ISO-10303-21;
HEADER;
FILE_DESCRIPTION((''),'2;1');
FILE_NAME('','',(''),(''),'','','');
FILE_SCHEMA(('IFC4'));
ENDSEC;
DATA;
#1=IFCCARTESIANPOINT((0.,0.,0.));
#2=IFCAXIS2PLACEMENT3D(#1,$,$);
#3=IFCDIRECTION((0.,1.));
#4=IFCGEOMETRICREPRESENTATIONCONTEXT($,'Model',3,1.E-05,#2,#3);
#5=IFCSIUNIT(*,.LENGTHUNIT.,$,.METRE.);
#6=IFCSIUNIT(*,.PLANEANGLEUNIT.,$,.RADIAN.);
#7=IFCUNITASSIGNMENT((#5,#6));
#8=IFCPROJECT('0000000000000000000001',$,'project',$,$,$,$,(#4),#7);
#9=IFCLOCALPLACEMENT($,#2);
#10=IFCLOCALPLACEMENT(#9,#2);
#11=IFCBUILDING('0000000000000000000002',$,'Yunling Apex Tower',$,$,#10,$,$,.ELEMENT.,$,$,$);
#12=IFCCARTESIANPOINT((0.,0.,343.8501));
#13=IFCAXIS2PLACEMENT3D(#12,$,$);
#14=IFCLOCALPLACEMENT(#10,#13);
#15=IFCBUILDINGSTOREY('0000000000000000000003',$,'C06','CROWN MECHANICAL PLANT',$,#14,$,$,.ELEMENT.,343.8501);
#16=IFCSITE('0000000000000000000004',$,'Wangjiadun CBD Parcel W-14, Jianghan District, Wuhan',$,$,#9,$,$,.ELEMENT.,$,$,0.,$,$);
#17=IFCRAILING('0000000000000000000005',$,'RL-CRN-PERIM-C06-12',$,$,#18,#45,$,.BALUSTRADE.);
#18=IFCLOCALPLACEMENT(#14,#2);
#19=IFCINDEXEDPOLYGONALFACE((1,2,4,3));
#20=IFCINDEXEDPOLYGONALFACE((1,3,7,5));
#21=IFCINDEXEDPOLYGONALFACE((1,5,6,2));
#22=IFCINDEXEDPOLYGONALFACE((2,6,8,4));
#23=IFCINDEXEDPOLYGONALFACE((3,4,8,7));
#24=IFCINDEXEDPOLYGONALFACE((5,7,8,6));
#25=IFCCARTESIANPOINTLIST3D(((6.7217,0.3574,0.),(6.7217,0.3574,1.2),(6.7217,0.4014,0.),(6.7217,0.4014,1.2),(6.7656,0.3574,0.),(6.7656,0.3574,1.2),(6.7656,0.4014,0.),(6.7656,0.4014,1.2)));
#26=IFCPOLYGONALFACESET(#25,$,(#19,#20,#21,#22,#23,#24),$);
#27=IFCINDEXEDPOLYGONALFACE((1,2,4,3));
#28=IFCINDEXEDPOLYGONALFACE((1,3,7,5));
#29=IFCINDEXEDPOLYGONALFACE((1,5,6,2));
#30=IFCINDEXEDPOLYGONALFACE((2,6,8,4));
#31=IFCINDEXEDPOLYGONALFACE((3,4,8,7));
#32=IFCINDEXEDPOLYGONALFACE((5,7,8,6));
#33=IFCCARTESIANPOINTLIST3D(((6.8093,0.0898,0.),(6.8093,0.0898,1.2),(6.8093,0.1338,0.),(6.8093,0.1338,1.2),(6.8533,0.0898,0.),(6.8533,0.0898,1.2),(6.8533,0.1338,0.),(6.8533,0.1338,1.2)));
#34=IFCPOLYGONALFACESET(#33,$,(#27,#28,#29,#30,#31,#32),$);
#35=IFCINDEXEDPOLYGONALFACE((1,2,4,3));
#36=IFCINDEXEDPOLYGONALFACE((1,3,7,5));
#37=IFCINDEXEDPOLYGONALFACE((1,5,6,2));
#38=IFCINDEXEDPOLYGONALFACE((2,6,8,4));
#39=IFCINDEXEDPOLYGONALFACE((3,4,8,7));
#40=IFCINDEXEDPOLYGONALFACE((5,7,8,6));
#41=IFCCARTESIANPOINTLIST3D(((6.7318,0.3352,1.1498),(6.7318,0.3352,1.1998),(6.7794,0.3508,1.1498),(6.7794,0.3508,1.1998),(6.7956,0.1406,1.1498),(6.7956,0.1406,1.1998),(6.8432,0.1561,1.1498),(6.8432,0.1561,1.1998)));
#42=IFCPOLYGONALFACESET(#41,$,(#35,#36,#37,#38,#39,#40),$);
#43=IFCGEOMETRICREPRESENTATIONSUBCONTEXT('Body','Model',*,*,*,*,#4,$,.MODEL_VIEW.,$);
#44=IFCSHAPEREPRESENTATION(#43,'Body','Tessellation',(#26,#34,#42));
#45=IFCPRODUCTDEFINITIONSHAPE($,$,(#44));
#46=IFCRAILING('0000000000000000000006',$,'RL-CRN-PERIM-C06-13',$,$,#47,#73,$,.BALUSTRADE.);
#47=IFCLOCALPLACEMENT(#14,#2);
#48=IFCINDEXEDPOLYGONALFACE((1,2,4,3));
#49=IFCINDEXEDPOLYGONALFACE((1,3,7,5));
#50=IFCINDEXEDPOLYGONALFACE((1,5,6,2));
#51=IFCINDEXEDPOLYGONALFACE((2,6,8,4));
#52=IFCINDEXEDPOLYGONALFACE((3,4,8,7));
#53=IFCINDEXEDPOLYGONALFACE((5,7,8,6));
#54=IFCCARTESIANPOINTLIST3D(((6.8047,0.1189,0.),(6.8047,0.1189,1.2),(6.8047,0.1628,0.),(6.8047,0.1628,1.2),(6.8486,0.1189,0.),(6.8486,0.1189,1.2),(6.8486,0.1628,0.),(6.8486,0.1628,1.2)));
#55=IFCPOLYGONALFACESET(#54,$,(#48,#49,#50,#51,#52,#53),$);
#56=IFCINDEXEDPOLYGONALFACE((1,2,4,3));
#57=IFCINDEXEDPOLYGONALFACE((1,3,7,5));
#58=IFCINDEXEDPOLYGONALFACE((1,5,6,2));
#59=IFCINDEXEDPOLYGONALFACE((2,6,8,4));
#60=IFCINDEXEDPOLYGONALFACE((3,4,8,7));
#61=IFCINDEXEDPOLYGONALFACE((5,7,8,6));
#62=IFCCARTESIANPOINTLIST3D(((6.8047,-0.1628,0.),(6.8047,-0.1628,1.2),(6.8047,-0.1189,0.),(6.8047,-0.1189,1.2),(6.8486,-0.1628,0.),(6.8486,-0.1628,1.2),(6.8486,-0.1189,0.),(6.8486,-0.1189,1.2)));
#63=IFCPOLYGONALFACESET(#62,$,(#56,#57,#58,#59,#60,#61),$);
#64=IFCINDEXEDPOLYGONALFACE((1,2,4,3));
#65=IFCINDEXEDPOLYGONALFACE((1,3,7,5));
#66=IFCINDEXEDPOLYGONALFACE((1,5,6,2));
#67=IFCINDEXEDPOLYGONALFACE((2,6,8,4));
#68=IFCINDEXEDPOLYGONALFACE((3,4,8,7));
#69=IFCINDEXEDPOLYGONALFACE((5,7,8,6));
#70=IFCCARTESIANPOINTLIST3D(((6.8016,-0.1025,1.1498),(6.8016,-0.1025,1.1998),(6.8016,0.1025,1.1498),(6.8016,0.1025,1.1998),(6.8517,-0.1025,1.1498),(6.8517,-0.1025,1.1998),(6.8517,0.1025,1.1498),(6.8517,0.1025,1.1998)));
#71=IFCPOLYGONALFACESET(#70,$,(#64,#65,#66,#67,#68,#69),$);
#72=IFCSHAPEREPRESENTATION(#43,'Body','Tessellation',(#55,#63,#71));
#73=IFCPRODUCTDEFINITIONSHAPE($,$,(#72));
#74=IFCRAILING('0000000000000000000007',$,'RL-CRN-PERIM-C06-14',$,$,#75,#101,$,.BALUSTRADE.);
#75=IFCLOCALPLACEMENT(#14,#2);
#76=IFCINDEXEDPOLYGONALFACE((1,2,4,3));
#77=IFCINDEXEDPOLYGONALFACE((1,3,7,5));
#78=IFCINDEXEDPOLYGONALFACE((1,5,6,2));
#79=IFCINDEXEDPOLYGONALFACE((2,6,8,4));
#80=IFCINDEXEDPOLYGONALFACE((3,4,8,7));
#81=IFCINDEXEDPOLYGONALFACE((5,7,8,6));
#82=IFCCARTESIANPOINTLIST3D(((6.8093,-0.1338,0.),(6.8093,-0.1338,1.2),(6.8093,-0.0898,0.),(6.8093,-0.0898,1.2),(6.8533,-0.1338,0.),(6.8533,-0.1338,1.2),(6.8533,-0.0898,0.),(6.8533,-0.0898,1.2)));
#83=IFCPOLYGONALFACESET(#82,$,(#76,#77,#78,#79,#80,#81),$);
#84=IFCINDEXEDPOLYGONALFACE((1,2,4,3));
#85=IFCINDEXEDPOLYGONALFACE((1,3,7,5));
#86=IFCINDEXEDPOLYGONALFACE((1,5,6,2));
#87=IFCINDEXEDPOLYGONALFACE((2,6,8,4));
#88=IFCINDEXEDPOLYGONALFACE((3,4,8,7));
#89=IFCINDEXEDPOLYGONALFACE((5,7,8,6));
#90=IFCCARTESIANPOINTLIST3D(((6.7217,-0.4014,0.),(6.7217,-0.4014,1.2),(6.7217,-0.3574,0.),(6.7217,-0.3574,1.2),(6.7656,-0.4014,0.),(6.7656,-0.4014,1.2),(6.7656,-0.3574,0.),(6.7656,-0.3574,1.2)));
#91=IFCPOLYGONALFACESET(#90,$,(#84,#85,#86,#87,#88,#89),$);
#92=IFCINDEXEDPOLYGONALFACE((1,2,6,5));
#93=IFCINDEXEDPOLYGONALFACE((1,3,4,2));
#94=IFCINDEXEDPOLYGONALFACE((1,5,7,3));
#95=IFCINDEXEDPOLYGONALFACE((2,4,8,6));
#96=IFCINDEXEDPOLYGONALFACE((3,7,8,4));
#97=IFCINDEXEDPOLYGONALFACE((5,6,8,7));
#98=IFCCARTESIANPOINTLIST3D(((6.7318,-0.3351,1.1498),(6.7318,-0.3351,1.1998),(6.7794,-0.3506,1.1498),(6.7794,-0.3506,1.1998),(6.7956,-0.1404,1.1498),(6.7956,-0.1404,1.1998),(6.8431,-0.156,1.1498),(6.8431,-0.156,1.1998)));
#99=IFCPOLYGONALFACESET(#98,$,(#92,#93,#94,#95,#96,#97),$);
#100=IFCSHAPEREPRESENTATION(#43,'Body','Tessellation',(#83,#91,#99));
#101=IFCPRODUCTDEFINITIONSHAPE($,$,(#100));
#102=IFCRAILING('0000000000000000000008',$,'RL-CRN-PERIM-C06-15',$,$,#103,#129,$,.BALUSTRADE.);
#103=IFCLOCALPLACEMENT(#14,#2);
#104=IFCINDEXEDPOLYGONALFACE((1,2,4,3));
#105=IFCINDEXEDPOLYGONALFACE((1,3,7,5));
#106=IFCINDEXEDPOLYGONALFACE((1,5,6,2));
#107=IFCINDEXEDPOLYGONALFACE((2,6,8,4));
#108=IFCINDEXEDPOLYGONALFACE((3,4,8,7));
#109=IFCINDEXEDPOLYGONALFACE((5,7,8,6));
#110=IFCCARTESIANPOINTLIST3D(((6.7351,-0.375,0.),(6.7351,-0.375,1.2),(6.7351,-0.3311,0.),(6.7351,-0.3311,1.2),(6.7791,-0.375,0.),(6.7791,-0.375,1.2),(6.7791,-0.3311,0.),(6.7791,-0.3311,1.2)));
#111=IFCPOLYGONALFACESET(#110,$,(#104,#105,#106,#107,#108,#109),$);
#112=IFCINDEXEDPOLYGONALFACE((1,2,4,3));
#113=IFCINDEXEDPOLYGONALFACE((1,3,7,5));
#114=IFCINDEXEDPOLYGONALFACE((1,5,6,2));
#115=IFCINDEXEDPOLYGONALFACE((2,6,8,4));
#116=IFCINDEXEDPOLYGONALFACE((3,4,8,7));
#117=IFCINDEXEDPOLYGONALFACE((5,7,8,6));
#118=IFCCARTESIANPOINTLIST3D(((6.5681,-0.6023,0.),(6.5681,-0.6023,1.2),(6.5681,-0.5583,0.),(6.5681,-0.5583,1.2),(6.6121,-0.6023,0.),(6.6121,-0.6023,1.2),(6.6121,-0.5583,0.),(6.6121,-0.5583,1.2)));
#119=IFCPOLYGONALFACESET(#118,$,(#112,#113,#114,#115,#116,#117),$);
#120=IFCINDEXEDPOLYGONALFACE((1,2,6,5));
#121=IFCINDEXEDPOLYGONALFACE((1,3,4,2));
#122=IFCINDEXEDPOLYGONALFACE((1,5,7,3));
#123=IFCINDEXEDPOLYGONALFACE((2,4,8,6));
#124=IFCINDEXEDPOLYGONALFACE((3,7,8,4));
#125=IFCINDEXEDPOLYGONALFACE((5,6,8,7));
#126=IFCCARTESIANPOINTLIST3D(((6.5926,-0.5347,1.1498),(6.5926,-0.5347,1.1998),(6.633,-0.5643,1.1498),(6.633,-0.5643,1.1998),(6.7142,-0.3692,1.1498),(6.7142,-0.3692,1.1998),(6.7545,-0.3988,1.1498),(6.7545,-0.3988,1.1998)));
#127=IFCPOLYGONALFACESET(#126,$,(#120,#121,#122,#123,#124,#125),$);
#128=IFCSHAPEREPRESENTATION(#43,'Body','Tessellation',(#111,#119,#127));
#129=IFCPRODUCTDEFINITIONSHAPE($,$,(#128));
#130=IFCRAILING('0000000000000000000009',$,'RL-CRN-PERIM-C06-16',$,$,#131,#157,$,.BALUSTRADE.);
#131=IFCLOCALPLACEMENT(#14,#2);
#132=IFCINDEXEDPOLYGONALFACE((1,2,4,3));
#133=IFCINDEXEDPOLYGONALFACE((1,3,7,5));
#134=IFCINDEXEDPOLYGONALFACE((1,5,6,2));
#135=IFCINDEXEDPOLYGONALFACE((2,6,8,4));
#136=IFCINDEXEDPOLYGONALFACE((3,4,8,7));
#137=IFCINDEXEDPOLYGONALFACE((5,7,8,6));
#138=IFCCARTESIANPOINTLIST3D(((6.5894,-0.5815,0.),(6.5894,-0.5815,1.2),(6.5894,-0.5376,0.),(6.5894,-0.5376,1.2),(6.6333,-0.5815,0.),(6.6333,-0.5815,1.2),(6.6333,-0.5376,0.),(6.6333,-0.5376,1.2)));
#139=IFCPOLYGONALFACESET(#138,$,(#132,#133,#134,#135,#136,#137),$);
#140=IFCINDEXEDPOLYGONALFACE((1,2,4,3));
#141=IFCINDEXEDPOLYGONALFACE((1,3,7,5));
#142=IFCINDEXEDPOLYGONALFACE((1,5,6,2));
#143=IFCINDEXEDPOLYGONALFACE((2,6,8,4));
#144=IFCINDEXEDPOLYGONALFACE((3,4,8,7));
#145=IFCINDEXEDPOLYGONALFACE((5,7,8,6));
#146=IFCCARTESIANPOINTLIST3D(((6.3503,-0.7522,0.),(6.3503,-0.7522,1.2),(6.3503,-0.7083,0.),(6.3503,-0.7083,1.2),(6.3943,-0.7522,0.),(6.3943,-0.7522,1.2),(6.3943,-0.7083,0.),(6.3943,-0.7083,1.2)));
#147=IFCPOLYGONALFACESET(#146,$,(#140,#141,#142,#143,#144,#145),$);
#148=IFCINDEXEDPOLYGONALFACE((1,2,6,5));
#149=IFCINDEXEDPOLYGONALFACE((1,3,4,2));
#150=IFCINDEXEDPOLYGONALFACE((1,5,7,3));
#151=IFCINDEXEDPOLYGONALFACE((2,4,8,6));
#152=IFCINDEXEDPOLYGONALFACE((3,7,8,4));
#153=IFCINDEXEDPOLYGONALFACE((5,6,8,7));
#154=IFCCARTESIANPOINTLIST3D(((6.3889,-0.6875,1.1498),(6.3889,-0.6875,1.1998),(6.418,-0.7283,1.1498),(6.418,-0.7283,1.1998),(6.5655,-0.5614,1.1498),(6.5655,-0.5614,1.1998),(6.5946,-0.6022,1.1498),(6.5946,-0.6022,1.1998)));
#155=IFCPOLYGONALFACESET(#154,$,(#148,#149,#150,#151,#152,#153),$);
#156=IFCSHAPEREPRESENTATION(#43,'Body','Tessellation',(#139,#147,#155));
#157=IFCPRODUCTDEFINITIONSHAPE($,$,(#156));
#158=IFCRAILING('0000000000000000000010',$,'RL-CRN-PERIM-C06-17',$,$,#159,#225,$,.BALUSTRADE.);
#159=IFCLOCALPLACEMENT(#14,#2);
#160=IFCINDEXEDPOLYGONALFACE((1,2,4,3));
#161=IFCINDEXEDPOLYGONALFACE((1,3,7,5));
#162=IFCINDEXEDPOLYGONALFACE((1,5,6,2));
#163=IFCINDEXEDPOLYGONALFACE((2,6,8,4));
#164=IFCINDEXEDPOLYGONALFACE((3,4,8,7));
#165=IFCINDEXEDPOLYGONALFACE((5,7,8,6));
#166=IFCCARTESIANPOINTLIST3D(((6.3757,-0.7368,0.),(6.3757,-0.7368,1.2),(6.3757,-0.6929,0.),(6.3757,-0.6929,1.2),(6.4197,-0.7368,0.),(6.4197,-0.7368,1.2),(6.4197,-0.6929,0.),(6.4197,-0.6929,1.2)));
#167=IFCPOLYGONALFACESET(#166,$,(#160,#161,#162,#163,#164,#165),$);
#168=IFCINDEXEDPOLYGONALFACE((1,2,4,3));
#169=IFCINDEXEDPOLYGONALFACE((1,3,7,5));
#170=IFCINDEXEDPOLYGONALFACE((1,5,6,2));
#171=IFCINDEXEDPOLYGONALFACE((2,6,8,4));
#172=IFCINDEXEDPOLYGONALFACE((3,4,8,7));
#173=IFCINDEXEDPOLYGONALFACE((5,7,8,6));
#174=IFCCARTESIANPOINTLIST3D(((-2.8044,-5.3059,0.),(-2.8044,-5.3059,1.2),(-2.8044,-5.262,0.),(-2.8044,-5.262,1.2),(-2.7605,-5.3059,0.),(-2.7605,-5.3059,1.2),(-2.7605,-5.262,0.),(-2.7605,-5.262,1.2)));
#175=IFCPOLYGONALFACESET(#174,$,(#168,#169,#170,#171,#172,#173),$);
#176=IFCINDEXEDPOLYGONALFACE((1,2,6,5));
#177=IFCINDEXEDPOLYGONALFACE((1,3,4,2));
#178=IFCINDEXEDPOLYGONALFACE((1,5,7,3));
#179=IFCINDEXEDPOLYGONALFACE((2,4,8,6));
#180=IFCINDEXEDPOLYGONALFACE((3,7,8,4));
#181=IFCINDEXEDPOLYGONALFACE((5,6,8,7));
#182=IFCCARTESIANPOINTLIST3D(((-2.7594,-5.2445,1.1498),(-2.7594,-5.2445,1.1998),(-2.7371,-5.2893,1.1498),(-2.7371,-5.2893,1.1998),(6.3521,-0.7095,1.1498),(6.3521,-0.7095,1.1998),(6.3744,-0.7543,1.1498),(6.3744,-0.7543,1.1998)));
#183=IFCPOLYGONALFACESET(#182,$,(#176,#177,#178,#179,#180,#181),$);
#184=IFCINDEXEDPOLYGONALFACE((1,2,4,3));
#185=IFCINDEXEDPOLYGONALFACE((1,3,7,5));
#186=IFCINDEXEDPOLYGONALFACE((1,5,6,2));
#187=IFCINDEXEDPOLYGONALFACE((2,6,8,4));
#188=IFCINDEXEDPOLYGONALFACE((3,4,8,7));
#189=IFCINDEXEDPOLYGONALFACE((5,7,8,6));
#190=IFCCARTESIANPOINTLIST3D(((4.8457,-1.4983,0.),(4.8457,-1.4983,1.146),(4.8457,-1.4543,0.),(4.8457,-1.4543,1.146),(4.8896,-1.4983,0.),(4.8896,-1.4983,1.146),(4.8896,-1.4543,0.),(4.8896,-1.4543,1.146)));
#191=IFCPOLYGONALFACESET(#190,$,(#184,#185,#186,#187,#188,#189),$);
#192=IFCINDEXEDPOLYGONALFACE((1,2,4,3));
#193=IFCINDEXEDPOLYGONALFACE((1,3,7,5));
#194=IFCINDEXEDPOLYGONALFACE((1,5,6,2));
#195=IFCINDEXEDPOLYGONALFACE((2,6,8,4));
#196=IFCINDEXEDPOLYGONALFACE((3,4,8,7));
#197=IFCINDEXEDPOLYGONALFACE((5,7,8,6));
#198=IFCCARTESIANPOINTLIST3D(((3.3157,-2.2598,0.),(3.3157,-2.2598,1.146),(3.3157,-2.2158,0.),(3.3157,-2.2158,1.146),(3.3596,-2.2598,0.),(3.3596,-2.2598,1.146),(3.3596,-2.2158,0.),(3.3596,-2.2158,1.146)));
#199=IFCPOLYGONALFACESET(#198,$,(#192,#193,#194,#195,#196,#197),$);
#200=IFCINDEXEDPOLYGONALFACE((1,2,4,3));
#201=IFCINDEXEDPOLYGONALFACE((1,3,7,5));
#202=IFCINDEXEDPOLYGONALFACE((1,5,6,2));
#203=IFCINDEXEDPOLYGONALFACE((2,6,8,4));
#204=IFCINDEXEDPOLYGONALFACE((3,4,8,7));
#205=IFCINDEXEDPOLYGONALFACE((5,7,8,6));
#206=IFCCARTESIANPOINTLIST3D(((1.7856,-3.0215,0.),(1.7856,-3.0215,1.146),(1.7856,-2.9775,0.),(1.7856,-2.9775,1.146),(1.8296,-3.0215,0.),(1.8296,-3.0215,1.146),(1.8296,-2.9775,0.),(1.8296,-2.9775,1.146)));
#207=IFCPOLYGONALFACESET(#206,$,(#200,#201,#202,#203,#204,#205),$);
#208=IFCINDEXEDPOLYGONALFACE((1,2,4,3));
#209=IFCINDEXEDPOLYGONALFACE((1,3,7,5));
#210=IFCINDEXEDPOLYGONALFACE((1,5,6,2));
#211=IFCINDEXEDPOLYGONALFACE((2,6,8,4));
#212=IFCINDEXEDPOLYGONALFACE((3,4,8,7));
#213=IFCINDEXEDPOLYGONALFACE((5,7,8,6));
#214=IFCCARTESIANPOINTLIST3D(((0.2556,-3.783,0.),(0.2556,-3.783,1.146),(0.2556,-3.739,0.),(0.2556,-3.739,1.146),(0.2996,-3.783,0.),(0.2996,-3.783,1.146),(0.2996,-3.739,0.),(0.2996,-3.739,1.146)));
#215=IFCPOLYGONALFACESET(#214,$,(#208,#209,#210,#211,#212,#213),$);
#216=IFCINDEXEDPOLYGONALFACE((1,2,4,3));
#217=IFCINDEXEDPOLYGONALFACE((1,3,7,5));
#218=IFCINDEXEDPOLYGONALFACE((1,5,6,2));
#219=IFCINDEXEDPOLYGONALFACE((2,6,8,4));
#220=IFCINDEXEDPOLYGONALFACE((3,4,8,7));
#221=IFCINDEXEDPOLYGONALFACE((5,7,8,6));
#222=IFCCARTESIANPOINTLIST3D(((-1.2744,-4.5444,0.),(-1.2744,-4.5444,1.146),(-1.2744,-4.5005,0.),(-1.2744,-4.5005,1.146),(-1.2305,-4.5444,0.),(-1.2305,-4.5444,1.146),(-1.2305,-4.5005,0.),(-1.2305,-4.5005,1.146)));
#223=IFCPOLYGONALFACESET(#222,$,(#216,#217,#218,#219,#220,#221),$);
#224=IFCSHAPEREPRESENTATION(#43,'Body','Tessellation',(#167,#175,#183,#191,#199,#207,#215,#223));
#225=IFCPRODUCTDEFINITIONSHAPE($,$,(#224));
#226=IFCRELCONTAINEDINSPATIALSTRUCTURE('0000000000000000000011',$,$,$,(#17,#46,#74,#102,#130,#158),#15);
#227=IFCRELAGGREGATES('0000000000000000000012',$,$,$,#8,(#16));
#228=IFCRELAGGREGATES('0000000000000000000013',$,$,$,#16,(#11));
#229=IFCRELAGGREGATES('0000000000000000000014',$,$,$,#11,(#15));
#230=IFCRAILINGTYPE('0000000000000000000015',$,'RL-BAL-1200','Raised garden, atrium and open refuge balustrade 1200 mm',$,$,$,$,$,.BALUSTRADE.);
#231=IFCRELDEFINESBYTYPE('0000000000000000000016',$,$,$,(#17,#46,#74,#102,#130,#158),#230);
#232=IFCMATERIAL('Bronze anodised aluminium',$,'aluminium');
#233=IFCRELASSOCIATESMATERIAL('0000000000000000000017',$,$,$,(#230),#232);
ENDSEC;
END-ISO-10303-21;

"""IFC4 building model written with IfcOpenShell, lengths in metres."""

from ifc_helpers import new_model, si_unit, direction, frame, origin, origin_2d, place, context, subcontext, project, spatial, rectangle, extrude, material, type_object, element, save


model = new_model("IFC4")

# Units and contexts
model_context = context("Model", 3, precision=1e-05, world=origin(), true_north=direction((0.0, 1.0)))
body_context = subcontext(model_context, "Body", "Model", "MODEL_VIEW")
ifc_project = project(units=[si_unit("LENGTHUNIT", "METRE"), si_unit("PLANEANGLEUNIT", "RADIAN")], contexts=[model_context])

# Site, building, storey
site_placement = place(None, origin())
site = spatial("IfcSite", under=ifc_project, at=site_placement, Name="Wangjiadun CBD Parcel W-14, Jianghan District, Wuhan", CompositionType="ELEMENT", RefElevation=0.0)
building_placement = place(site_placement, origin())
building = spatial("IfcBuilding", under=site, at=building_placement, Name="Yunling Apex Tower", CompositionType="ELEMENT")
storey_placement = place(building_placement, frame((0.0, 0.0, 343.8501)))
storey = spatial("IfcBuildingStorey", under=building, at=storey_placement, Name="C06", Description="CROWN MECHANICAL PLANT", CompositionType="ELEMENT", Elevation=343.8501)

# Shared definitions
ifc_material_1 = material(Name="Bronze anodised aluminium", Category="aluminium")

# Railings
railing_type_1 = type_object("IfcRailingType", Name="RL-BAL-1200", Description="Raised garden, atrium and open refuge balustrade 1200 mm", PredefinedType="BALUSTRADE", material=ifc_material_1)
railing_1_placement = place(storey_placement, frame((6.7437, 0.3794, 0.0)))
element("IfcRailing", 1, at=railing_1_placement, inside=storey, type_object=railing_type_1, Name="RL-CRN-PERIM-C06-12", PredefinedType="BALUSTRADE", context=body_context, shape_type="SweptSolid", body=[
    extrude(rectangle(XDim=0.0439, YDim=0.0439, at=origin_2d()), origin(), (0.0, 0.0, 1.0), 1.2),
    extrude(rectangle(XDim=0.0439, YDim=0.0439, at=origin_2d()), frame((0.0876, -0.2676, 0.0)), (0.0, 0.0, 1.0), 1.2),
    extrude(rectangle(XDim=0.05, YDim=0.05, at=origin_2d()), frame((0.012, -0.0364, 1.1748), z_axis=(0.311281, -0.950318, 0.0), x_axis=(0.950318, 0.311281, 0.0)), (0.0, 0.0, 1.0), 0.2048),
])
railing_2_placement = place(storey_placement, frame((6.8267, 0.1409, 0.0)))
element("IfcRailing", 2, at=railing_2_placement, inside=storey, type_object=railing_type_1, Name="RL-CRN-PERIM-C06-13", PredefinedType="BALUSTRADE", context=body_context, shape_type="SweptSolid", body=[
    extrude(rectangle(XDim=0.0439, YDim=0.0439, at=origin_2d()), origin(), (0.0, 0.0, 1.0), 1.2),
    extrude(rectangle(XDim=0.0439, YDim=0.0439, at=origin_2d()), frame((0.0, -0.2817, 0.0)), (0.0, 0.0, 1.0), 1.2),
    extrude(rectangle(XDim=0.05, YDim=0.05, at=origin_2d()), frame((0.0, -0.0383, 1.1748), z_axis=(0.0, -1.0, 0.0), x_axis=(1.0, 0.0, 0.0)), (0.0, 0.0, 1.0), 0.2051),
])
railing_3_placement = place(storey_placement, frame((6.8313, -0.1118, 0.0)))
element("IfcRailing", 3, at=railing_3_placement, inside=storey, type_object=railing_type_1, Name="RL-CRN-PERIM-C06-14", PredefinedType="BALUSTRADE", context=body_context, shape_type="SweptSolid", body=[
    extrude(rectangle(XDim=0.0439, YDim=0.0439, at=origin_2d()), origin(), (0.0, 0.0, 1.0), 1.2),
    extrude(rectangle(XDim=0.0439, YDim=0.0439, at=origin_2d()), frame((-0.0876, -0.2676, 0.0)), (0.0, 0.0, 1.0), 1.2),
    extrude(rectangle(XDim=0.05, YDim=0.05, at=origin_2d()), frame((-0.012, -0.0364, 1.1748), z_axis=(-0.311281, -0.950318, 0.0), x_axis=(0.950318, -0.311281, 0.0)), (0.0, 0.0, 1.0), 0.2048),
])
railing_4_placement = place(storey_placement, frame((6.7571, -0.353, 0.0)))
element("IfcRailing", 4, at=railing_4_placement, inside=storey, type_object=railing_type_1, Name="RL-CRN-PERIM-C06-15", PredefinedType="BALUSTRADE", context=body_context, shape_type="SweptSolid", body=[
    extrude(rectangle(XDim=0.0439, YDim=0.0439, at=origin_2d()), origin(), (0.0, 0.0, 1.0), 1.2),
    extrude(rectangle(XDim=0.0439, YDim=0.0439, at=origin_2d()), frame((-0.167, -0.2273, 0.0)), (0.0, 0.0, 1.0), 1.2),
    extrude(rectangle(XDim=0.05, YDim=0.05, at=origin_2d()), frame((-0.0227, -0.031, 1.1748), z_axis=(-0.592076, -0.805882, 0.0), x_axis=(0.805882, -0.592076, 0.0)), (0.0, 0.0, 1.0), 0.2053),
])
railing_5_placement = place(storey_placement, frame((6.6113, -0.5596, 0.0)))
element("IfcRailing", 5, at=railing_5_placement, inside=storey, type_object=railing_type_1, Name="RL-CRN-PERIM-C06-16", PredefinedType="BALUSTRADE", context=body_context, shape_type="SweptSolid", body=[
    extrude(rectangle(XDim=0.0439, YDim=0.0439, at=origin_2d()), origin(), (0.0, 0.0, 1.0), 1.2),
    extrude(rectangle(XDim=0.0439, YDim=0.0439, at=origin_2d()), frame((-0.239, -0.1707, 0.0)), (0.0, 0.0, 1.0), 1.2),
    extrude(rectangle(XDim=0.05, YDim=0.05, at=origin_2d()), frame((-0.0312, -0.0222, 1.1748), z_axis=(-0.813846, -0.581081, 0.0), x_axis=(0.581081, -0.813846, 0.0)), (0.0, 0.0, 1.0), 0.217),
])
railing_6_placement = place(storey_placement, frame((6.3977, -0.7148, 0.0)))
element("IfcRailing", 6, at=railing_6_placement, inside=storey, type_object=railing_type_1, Name="RL-CRN-PERIM-C06-17", PredefinedType="BALUSTRADE", context=body_context, shape_type="SweptSolid", body=[
    extrude(rectangle(XDim=0.0439, YDim=0.0439, at=origin_2d()), origin(), (0.0, 0.0, 1.0), 1.2),
    extrude(rectangle(XDim=0.0439, YDim=0.0439, at=origin_2d()), frame((-9.1802, -4.5691, 0.0)), (0.0, 0.0, 1.0), 1.2),
    extrude(rectangle(XDim=0.05, YDim=0.05, at=origin_2d()), frame((-0.0344, -0.0171, 1.1748), z_axis=(-0.895245, -0.445575, 0.0), x_axis=(0.445575, -0.895245, 0.0)), (0.0, 0.0, 1.0), 10.1777),
    extrude(rectangle(XDim=0.0439, YDim=0.0439, at=origin_2d()), frame((-1.53, -0.7615, 0.0)), (0.0, 0.0, 1.0), 1.146),
    extrude(rectangle(XDim=0.0439, YDim=0.0439, at=origin_2d()), frame((-3.0601, -1.5229, 0.0)), (0.0, 0.0, 1.0), 1.146),
    extrude(rectangle(XDim=0.0439, YDim=0.0439, at=origin_2d()), frame((-4.5901, -2.2847, 0.0)), (0.0, 0.0, 1.0), 1.146),
    extrude(rectangle(XDim=0.0439, YDim=0.0439, at=origin_2d()), frame((-6.1201, -3.0461, 0.0)), (0.0, 0.0, 1.0), 1.146),
    extrude(rectangle(XDim=0.0439, YDim=0.0439, at=origin_2d()), frame((-7.6501, -3.8076, 0.0)), (0.0, 0.0, 1.0), 1.146),
])

save(model, "model.ifc")
